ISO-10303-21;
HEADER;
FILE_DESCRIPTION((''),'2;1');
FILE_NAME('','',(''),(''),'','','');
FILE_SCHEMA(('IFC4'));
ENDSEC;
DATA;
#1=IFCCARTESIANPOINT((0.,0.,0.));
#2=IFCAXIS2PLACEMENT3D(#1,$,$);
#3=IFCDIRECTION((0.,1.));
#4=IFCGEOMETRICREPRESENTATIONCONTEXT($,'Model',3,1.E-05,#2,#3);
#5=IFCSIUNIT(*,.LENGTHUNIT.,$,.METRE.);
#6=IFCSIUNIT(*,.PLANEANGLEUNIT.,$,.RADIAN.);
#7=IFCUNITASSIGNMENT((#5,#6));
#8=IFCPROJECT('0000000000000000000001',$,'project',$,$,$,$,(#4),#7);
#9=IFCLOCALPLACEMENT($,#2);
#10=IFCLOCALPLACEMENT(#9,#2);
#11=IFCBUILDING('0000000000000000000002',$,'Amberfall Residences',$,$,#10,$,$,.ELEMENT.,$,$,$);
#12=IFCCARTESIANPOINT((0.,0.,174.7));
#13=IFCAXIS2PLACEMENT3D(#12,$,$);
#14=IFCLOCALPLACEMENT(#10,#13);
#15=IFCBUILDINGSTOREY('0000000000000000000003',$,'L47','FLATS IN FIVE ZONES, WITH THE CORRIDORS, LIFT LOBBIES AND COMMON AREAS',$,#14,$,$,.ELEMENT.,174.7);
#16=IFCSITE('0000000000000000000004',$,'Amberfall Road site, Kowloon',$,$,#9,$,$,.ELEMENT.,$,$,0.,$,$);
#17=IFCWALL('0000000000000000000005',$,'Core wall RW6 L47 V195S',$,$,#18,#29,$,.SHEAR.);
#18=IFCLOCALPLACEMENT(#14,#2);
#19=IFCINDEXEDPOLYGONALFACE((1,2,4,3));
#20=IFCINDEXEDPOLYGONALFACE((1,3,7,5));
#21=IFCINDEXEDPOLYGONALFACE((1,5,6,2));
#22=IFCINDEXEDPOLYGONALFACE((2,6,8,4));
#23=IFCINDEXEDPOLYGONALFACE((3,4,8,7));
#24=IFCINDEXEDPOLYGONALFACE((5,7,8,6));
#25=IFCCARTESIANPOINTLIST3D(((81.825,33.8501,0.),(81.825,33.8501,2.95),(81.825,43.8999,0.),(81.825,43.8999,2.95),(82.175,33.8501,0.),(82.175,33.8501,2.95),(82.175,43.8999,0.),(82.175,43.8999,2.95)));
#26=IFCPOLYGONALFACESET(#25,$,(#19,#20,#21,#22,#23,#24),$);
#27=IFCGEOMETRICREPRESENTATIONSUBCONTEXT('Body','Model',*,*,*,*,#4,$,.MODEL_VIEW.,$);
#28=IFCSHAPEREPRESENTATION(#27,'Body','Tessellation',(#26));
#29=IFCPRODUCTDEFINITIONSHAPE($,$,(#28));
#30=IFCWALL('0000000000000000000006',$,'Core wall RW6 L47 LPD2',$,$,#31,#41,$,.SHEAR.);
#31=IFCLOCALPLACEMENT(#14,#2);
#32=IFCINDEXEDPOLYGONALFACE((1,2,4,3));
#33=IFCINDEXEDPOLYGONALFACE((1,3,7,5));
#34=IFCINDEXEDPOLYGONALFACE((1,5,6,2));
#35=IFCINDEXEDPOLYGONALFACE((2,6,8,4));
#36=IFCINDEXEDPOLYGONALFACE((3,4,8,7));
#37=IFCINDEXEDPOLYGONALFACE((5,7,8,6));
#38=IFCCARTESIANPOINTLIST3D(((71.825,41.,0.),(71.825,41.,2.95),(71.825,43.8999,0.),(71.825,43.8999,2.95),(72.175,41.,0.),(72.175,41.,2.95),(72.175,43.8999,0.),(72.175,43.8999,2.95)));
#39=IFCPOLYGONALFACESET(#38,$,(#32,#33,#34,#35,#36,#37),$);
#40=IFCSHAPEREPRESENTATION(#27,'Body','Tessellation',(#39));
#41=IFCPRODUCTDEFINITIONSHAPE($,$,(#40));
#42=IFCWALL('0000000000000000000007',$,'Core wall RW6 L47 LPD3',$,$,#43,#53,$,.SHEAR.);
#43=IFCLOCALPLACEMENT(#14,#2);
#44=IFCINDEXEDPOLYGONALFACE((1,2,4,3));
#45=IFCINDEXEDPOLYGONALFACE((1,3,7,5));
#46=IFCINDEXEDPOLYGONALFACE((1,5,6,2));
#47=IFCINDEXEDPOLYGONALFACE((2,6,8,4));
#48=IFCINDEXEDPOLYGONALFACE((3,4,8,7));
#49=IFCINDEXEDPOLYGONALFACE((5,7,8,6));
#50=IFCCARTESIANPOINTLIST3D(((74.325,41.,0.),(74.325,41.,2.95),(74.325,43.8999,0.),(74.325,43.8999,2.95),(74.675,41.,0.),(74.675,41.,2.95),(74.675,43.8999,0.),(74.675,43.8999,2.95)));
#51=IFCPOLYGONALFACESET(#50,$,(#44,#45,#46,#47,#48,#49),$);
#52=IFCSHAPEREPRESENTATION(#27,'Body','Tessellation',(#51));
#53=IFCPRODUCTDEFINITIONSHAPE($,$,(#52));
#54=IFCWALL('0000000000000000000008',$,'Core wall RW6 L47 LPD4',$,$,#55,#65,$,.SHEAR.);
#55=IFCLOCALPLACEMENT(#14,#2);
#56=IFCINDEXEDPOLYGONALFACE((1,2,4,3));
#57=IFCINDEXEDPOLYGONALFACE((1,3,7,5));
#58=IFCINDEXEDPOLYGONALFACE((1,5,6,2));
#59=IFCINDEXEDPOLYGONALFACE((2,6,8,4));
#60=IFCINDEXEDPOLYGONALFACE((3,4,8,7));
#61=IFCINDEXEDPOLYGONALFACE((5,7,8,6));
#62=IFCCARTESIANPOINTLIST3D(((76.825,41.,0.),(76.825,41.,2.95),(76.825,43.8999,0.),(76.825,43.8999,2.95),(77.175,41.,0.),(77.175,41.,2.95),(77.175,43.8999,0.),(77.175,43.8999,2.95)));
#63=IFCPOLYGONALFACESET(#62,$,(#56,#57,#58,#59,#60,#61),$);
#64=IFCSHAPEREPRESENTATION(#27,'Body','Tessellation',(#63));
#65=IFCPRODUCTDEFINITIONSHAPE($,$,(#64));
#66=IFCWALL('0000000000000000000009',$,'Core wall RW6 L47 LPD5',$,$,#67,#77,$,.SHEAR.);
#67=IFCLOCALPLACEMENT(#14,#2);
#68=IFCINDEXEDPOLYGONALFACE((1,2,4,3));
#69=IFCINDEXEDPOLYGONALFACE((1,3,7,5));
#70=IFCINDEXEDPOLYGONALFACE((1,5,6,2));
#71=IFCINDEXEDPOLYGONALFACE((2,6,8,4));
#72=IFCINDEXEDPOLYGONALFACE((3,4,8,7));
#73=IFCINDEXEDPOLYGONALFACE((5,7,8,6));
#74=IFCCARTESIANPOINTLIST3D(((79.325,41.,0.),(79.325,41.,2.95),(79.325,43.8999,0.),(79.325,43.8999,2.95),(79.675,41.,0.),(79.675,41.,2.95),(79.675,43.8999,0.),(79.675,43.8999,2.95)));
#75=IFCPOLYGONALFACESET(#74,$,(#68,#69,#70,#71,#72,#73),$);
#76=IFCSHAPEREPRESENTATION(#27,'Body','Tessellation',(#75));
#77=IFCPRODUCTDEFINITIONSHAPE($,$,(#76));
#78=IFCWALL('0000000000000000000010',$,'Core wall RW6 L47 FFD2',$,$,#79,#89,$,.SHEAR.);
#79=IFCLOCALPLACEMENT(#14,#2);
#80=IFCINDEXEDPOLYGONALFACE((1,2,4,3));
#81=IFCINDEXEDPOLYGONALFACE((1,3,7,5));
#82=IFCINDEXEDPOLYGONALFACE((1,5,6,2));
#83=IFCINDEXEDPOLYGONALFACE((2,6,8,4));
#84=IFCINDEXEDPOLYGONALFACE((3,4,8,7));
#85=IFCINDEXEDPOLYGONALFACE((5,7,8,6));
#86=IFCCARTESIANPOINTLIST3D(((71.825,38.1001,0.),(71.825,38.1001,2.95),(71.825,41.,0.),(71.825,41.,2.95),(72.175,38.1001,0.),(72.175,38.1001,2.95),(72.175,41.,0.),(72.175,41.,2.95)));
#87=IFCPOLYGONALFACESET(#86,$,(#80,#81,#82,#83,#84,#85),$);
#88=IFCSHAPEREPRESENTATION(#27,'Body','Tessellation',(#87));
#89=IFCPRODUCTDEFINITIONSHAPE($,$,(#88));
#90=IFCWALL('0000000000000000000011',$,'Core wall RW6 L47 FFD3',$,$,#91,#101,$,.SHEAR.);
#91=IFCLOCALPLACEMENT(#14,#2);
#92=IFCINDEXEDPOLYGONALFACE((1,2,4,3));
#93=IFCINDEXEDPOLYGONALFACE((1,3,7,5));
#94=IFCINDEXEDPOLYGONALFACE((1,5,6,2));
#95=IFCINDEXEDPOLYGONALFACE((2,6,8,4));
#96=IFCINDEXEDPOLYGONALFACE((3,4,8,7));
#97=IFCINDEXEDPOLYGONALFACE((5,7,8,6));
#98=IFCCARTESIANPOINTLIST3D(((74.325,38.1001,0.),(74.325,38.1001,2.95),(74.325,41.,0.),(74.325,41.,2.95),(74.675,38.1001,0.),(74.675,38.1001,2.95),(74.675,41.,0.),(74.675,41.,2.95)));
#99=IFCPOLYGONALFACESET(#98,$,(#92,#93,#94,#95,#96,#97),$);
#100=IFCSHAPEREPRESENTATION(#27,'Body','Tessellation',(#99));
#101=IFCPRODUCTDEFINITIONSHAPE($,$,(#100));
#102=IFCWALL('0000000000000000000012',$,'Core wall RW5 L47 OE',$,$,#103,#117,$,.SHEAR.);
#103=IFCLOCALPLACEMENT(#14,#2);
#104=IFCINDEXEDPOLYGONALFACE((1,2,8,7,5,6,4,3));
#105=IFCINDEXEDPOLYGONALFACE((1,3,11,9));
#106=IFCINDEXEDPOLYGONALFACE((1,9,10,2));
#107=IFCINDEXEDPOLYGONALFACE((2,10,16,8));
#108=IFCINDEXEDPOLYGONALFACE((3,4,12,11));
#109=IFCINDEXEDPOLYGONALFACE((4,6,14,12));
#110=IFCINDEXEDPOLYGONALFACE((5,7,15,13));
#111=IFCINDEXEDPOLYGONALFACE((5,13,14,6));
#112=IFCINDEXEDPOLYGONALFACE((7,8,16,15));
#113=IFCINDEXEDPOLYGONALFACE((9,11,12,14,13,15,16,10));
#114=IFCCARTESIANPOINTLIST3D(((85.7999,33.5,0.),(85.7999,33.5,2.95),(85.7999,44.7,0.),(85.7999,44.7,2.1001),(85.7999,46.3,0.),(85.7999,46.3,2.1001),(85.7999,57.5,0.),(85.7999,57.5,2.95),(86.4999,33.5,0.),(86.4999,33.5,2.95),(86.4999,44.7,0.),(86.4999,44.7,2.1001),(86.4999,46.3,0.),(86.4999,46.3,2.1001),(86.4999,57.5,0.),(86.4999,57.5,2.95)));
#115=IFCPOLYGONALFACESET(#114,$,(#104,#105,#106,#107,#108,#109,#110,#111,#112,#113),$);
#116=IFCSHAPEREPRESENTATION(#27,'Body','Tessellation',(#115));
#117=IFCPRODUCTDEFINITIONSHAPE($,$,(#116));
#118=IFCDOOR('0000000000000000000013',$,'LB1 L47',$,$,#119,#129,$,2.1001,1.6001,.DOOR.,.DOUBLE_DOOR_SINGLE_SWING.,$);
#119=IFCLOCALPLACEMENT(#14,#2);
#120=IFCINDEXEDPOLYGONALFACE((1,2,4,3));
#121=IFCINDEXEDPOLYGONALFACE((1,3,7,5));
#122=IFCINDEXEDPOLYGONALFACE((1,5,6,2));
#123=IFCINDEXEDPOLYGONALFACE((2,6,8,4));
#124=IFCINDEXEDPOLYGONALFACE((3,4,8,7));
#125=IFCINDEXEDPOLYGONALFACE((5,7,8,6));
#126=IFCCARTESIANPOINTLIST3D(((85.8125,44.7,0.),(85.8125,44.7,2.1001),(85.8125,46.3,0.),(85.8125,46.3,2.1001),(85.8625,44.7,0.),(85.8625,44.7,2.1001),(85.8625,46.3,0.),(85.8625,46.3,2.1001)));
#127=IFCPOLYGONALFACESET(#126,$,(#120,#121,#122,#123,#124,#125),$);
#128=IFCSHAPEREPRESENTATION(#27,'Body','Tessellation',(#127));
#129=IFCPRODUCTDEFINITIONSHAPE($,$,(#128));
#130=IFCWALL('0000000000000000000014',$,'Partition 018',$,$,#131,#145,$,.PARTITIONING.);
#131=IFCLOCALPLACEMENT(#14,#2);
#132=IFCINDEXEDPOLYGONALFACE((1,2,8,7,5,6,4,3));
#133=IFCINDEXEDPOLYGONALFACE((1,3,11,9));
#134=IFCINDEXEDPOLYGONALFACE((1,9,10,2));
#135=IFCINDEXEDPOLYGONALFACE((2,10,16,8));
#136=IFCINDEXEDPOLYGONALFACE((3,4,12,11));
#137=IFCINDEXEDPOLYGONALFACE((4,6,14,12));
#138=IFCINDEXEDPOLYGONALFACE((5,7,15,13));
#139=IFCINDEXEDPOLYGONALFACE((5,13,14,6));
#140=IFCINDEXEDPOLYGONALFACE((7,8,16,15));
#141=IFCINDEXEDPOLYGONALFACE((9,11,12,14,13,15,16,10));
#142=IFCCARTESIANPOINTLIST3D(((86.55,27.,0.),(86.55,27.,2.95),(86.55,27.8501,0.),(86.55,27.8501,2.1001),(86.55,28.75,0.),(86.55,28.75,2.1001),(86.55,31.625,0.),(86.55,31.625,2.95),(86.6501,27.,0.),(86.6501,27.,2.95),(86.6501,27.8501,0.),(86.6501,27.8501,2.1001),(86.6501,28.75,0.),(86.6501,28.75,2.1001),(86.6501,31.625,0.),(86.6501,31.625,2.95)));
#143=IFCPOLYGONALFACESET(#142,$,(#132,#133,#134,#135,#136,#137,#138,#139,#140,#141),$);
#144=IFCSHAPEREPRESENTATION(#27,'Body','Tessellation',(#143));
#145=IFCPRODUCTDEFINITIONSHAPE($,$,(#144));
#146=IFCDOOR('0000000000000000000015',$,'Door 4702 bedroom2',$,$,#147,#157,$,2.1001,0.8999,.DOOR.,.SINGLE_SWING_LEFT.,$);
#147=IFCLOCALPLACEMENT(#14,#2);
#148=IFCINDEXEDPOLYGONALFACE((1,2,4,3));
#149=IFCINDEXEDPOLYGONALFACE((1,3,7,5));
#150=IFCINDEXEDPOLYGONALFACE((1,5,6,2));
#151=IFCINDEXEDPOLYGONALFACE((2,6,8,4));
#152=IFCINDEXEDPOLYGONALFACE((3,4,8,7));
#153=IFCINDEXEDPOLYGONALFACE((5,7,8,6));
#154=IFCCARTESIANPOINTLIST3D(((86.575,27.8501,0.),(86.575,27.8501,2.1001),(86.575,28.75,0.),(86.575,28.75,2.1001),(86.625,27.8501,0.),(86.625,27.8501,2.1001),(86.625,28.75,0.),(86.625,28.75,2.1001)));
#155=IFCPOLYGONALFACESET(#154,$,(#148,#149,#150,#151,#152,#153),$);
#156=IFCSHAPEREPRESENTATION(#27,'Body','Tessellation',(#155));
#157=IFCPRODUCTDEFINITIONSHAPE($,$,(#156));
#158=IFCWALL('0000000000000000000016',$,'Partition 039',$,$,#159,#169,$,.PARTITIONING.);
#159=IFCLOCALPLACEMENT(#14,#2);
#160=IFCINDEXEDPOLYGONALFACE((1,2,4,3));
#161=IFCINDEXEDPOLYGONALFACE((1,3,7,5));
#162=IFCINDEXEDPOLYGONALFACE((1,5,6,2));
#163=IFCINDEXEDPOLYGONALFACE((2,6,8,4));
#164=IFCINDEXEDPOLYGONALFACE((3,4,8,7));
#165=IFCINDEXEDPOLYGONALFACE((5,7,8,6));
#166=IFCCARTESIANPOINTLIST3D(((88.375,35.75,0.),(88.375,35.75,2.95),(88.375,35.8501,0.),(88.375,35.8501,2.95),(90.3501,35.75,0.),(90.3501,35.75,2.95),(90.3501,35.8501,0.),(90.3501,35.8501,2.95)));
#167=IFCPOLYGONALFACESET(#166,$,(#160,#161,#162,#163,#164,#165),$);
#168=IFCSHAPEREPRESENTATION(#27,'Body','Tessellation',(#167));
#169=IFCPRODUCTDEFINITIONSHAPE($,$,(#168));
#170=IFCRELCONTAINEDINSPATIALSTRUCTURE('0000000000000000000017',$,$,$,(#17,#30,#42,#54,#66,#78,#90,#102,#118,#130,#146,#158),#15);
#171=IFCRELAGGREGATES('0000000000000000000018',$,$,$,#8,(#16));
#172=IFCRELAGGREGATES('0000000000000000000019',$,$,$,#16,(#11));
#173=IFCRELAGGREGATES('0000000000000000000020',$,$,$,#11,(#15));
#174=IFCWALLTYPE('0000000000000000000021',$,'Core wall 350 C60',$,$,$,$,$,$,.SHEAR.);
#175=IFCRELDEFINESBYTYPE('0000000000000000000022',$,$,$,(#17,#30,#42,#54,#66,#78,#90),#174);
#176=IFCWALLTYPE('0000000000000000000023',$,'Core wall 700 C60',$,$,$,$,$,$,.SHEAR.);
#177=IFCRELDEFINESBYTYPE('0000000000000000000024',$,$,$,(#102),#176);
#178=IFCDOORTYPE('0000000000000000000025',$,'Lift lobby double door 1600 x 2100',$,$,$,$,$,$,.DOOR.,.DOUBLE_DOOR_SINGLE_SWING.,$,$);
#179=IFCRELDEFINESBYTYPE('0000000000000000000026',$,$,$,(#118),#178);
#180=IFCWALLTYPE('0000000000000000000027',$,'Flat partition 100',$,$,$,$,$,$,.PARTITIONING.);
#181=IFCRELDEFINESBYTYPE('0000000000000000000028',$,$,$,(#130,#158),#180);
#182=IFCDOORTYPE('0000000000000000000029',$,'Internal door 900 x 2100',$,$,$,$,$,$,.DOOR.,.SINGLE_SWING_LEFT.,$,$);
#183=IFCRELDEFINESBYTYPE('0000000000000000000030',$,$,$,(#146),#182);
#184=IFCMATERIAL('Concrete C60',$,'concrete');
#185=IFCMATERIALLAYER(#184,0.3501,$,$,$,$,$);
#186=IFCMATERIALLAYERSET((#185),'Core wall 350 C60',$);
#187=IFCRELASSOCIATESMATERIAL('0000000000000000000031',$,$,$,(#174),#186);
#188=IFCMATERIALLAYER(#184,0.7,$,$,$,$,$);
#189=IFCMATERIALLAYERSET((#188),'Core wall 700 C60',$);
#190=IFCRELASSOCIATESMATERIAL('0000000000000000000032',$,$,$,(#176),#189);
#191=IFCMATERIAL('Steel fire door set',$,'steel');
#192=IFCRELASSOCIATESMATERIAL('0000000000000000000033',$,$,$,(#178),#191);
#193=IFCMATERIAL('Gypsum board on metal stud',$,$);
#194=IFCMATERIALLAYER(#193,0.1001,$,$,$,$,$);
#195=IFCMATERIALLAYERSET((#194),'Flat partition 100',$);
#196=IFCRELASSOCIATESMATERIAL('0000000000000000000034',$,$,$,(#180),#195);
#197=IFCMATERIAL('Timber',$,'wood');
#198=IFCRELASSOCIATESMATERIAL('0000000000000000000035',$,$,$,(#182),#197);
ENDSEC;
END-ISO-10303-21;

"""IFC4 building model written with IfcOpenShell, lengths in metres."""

from ifc_helpers import new_model, si_unit, direction, frame, frame_2d, origin, place, context, subcontext, project, spatial, rectangle, extrude, material, layer, layer_set, type_object, element, fill, save


model = new_model("IFC4")

# Units and contexts
model_context = context("Model", 3, precision=1e-05, world=origin(), true_north=direction((0.0, 1.0)))
body_context = subcontext(model_context, "Body", "Model", "MODEL_VIEW")
ifc_project = project(units=[si_unit("LENGTHUNIT", "METRE"), si_unit("PLANEANGLEUNIT", "RADIAN")], contexts=[model_context])

# Site, building, storey
site_placement = place(None, origin())
site = spatial("IfcSite", under=ifc_project, at=site_placement, Name="Amberfall Road site, Kowloon", CompositionType="ELEMENT", RefElevation=0.0)
building_placement = place(site_placement, origin())
building = spatial("IfcBuilding", under=site, at=building_placement, Name="Amberfall Residences", CompositionType="ELEMENT")
storey_placement = place(building_placement, frame((0.0, 0.0, 174.7)))
storey = spatial("IfcBuildingStorey", under=building, at=storey_placement, Name="L47", Description="FLATS IN FIVE ZONES, WITH THE CORRIDORS, LIFT LOBBIES AND COMMON AREAS", CompositionType="ELEMENT", Elevation=174.7)

# Walls
ifc_material_1 = material(Name="Concrete C60", Category="concrete")
ifc_layer_1 = layer(ifc_material_1, 0.3501)
ifc_layer_set_1 = layer_set([ifc_layer_1], Name="Core wall 350 C60")
wall_type_1 = type_object("IfcWallType", Name="Core wall 350 C60", PredefinedType="SHEAR", material=ifc_layer_set_1)
wall_1_placement = place(storey_placement, frame((82.0, 33.8501, 0.0), z_axis=(0.0, 0.0, 1.0), x_axis=(0.0, 1.0, 0.0)))
element("IfcWall", 1, at=wall_1_placement, inside=storey, type_object=wall_type_1, Name="Core wall RW6 L47 V195S", PredefinedType="SHEAR", context=body_context, shape_type="SweptSolid", body=[
    extrude(rectangle(XDim=10.0498, YDim=0.3501, at=frame_2d((5.0249, 0.0))), origin(), (0.0, 0.0, 1.0), 2.95),
])
for number, where, z_axis, x_axis, name in (
    (2, (72.0, 41.0, 0.0), (0.0, 0.0, 1.0), (0.0, 1.0, 0.0), "Core wall RW6 L47 LPD2"),
    (3, (74.5, 41.0, 0.0), (0.0, 0.0, 1.0), (0.0, 1.0, 0.0), "Core wall RW6 L47 LPD3"),
    (4, (77.0, 41.0, 0.0), (0.0, 0.0, 1.0), (0.0, 1.0, 0.0), "Core wall RW6 L47 LPD4"),
    (5, (79.5, 41.0, 0.0), (0.0, 0.0, 1.0), (0.0, 1.0, 0.0), "Core wall RW6 L47 LPD5"),
    (6, (72.0, 38.1001, 0.0), (0.0, 0.0, 1.0), (0.0, 1.0, 0.0), "Core wall RW6 L47 FFD2"),
    (7, (74.5, 38.1001, 0.0), (0.0, 0.0, 1.0), (0.0, 1.0, 0.0), "Core wall RW6 L47 FFD3"),
):
    element("IfcWall", number, at=place(storey_placement, frame(where, z_axis=z_axis, x_axis=x_axis)), inside=storey, type_object=wall_type_1, Name=name, PredefinedType="SHEAR", context=body_context, shape_type="SweptSolid", body=[
        extrude(rectangle(XDim=2.8999, YDim=0.3501, at=frame_2d((1.45, 0.0))), origin(), (0.0, 0.0, 1.0), 2.95),
    ])

# Walls, openings, doors
ifc_layer_2 = layer(ifc_material_1, 0.7)
ifc_layer_set_2 = layer_set([ifc_layer_2], Name="Core wall 700 C60")
wall_type_2 = type_object("IfcWallType", Name="Core wall 700 C60", PredefinedType="SHEAR", material=ifc_layer_set_2)
wall_2_placement = place(storey_placement, frame((86.1499, 33.5, 0.0), z_axis=(0.0, 0.0, 1.0), x_axis=(0.0, 1.0, 0.0)))
wall_2 = element("IfcWall", 8, at=wall_2_placement, inside=storey, type_object=wall_type_2, Name="Core wall RW5 L47 OE", PredefinedType="SHEAR", context=body_context, shape_type="SweptSolid", body=[
    extrude(rectangle(XDim=24.0, YDim=0.7, at=frame_2d((12.0, 0.0))), origin(), (0.0, 0.0, 1.0), 2.95),
])
opening_1_placement = place(wall_2_placement, frame((11.2, 0.0, 0.0)))
opening_1 = element("IfcOpeningElement", 9, at=opening_1_placement, cuts=wall_2, PredefinedType="OPENING", context=body_context, shape_type="SweptSolid", body=[
    extrude(rectangle(XDim=1.6001, YDim=2.1001, at=frame_2d((0.8, 1.05))), frame((0.0, 0.3599, 0.0), z_axis=(0.0, -1.0, 0.0), x_axis=(1.0, 0.0, 0.0)), (0.0, 0.0, 1.0), 0.72),
])
ifc_material_2 = material(Name="Steel fire door set", Category="steel")
door_type_1 = type_object("IfcDoorType", Name="Lift lobby double door 1600 x 2100", OperationType="DOUBLE_DOOR_SINGLE_SWING", PredefinedType="DOOR", material=ifc_material_2)
door_1_placement = place(opening_1_placement, origin())
door_1 = element("IfcDoor", 10, at=door_1_placement, inside=storey, type_object=door_type_1, Name="LB1 L47", OperationType="DOUBLE_DOOR_SINGLE_SWING", OverallHeight=2.1001, OverallWidth=1.6001, PredefinedType="DOOR", context=body_context, shape_type="SweptSolid", body=[
    extrude(rectangle(XDim=1.6001, YDim=2.1001, at=frame_2d((0.8, 1.05))), frame((0.0, 0.3374, 0.0), z_axis=(0.0, -1.0, 0.0), x_axis=(1.0, 0.0, 0.0)), (0.0, 0.0, 1.0), 0.05),
])
fill(opening_1, door_1)
ifc_material_3 = material(Name="Gypsum board on metal stud")
ifc_layer_3 = layer(ifc_material_3, 0.1001)
ifc_layer_set_3 = layer_set([ifc_layer_3], Name="Flat partition 100")
wall_type_3 = type_object("IfcWallType", Name="Flat partition 100", PredefinedType="PARTITIONING", material=ifc_layer_set_3)
wall_3_placement = place(storey_placement, frame((86.6001, 31.625, 0.0), z_axis=(0.0, 0.0, 1.0), x_axis=(0.0, -1.0, 0.0)))
wall_3 = element("IfcWall", 11, at=wall_3_placement, inside=storey, type_object=wall_type_3, Name="Partition 018", PredefinedType="PARTITIONING", context=body_context, shape_type="SweptSolid", body=[
    extrude(rectangle(XDim=4.625, YDim=0.1001, at=frame_2d((2.3125, 0.0))), origin(), (0.0, 0.0, 1.0), 2.95),
])
opening_2_placement = place(wall_3_placement, frame((2.875, 0.0, 0.0)))
opening_2 = element("IfcOpeningElement", 12, at=opening_2_placement, cuts=wall_3, PredefinedType="OPENING", context=body_context, shape_type="SweptSolid", body=[
    extrude(rectangle(XDim=0.8999, YDim=2.1001, at=frame_2d((0.45, 1.05))), frame((0.0, 0.0601, 0.0), z_axis=(0.0, -1.0, 0.0), x_axis=(1.0, 0.0, 0.0)), (0.0, 0.0, 1.0), 0.1201),
])
ifc_material_4 = material(Name="Timber", Category="wood")
door_type_2 = type_object("IfcDoorType", Name="Internal door 900 x 2100", OperationType="SINGLE_SWING_LEFT", PredefinedType="DOOR", material=ifc_material_4)
door_2_placement = place(opening_2_placement, origin())
door_2 = element("IfcDoor", 13, at=door_2_placement, inside=storey, type_object=door_type_2, Name="Door 4702 bedroom2", OperationType="SINGLE_SWING_LEFT", OverallHeight=2.1001, OverallWidth=0.8999, PredefinedType="DOOR", context=body_context, shape_type="SweptSolid", body=[
    extrude(rectangle(XDim=0.8999, YDim=2.1001, at=frame_2d((0.45, 1.05))), frame((0.0, 0.0249, 0.0), z_axis=(0.0, -1.0, 0.0), x_axis=(1.0, 0.0, 0.0)), (0.0, 0.0, 1.0), 0.05),
])
fill(opening_2, door_2)

# Wall
wall_4_placement = place(storey_placement, frame((88.375, 35.8, 0.0), z_axis=(0.0, 0.0, 1.0), x_axis=(1.0, 0.0, 0.0)))
element("IfcWall", 14, at=wall_4_placement, inside=storey, type_object=wall_type_3, Name="Partition 039", PredefinedType="PARTITIONING", context=body_context, shape_type="SweptSolid", body=[
    extrude(rectangle(XDim=1.9751, YDim=0.1001, at=frame_2d((0.9875, 0.0))), origin(), (0.0, 0.0, 1.0), 2.95),
])

save(model, "model.ifc")
